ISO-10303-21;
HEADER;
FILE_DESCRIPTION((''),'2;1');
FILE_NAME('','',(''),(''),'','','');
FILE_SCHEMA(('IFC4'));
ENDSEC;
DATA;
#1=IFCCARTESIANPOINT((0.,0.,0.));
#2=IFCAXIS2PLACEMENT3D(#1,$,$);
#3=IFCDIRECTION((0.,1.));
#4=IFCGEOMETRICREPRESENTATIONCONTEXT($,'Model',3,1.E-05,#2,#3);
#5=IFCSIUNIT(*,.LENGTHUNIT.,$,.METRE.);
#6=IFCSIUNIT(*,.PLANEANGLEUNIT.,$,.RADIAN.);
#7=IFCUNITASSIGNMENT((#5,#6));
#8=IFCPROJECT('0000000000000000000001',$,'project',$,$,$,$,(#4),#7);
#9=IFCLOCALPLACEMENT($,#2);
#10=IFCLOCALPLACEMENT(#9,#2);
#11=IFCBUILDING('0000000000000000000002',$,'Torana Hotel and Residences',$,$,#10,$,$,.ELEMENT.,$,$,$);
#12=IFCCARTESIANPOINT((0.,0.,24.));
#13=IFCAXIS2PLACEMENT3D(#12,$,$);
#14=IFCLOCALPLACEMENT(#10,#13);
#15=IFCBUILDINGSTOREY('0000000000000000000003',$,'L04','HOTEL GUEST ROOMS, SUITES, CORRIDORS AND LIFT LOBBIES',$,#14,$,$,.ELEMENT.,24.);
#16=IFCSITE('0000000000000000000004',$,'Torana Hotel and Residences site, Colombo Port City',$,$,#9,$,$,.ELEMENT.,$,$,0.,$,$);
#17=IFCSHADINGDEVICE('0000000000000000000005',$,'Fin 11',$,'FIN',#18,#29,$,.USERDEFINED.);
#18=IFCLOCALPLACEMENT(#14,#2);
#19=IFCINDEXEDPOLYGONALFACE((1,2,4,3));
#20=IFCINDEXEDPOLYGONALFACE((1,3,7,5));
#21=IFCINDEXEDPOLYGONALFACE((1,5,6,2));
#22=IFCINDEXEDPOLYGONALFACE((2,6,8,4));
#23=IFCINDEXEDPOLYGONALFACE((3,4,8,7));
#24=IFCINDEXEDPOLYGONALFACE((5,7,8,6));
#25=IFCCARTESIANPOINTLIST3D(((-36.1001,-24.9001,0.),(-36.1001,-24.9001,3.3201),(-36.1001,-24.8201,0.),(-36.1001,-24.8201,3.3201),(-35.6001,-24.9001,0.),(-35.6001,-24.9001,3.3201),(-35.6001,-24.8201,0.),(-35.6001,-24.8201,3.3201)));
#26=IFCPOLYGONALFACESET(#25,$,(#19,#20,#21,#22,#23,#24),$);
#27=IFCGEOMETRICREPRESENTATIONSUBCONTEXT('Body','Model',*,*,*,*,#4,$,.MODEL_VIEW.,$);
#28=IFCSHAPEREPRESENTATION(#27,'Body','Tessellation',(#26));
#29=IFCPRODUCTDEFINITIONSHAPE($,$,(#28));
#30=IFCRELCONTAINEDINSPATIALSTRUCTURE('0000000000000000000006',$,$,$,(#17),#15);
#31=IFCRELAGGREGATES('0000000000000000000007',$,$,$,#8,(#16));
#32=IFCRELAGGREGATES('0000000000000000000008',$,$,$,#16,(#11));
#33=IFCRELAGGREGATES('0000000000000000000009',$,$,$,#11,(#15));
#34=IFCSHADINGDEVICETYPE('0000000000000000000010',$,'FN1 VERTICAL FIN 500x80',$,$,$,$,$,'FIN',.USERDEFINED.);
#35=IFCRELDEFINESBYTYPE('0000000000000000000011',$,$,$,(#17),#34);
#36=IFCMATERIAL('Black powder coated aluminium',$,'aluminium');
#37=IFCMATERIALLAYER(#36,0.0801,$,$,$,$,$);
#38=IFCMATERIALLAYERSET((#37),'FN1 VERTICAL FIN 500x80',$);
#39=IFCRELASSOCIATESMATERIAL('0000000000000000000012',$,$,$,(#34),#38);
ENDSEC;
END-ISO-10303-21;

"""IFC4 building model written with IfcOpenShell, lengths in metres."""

from ifc_helpers import new_model, si_unit, direction, frame, origin, origin_2d, place, context, subcontext, project, spatial, rectangle, extrude, material, layer, layer_set, type_object, element, save


model = new_model("IFC4")

# Units and contexts
model_context = context("Model", 3, precision=1e-05, world=origin(), true_north=direction((0.0, 1.0)))
body_context = subcontext(model_context, "Body", "Model", "MODEL_VIEW")
ifc_project = project(units=[si_unit("LENGTHUNIT", "METRE"), si_unit("PLANEANGLEUNIT", "RADIAN")], contexts=[model_context])

# Site, building, storey
site_placement = place(None, origin())
site = spatial("IfcSite", under=ifc_project, at=site_placement, Name="Torana Hotel and Residences site, Colombo Port City", CompositionType="ELEMENT", RefElevation=0.0)
building_placement = place(site_placement, origin())
building = spatial("IfcBuilding", under=site, at=building_placement, Name="Torana Hotel and Residences", CompositionType="ELEMENT")
storey_placement = place(building_placement, frame((0.0, 0.0, 24.0)))
storey = spatial("IfcBuildingStorey", under=building, at=storey_placement, Name="L04", Description="HOTEL GUEST ROOMS, SUITES, CORRIDORS AND LIFT LOBBIES", CompositionType="ELEMENT", Elevation=24.0)

# Shading device
ifc_material_1 = material(Name="Black powder coated aluminium", Category="aluminium")
ifc_layer_1 = layer(ifc_material_1, 0.0801)
ifc_layer_set_1 = layer_set([ifc_layer_1], Name="FN1 VERTICAL FIN 500x80")
shading_device_type = type_object("IfcShadingDeviceType", Name="FN1 VERTICAL FIN 500x80", ElementType="FIN", PredefinedType="USERDEFINED", material=ifc_layer_set_1)
shading_device_placement = place(storey_placement, frame((-35.8501, -24.8601, 0.0), z_axis=(0.0, 0.0, 1.0), x_axis=(0.0, 1.0, 0.0)))
element("IfcShadingDevice", 1, at=shading_device_placement, inside=storey, type_object=shading_device_type, Name="Fin 11", ObjectType="FIN", PredefinedType="USERDEFINED", context=body_context, shape_type="SweptSolid", body=[
    extrude(rectangle(XDim=0.0801, YDim=0.5, at=origin_2d()), origin(), (0.0, 0.0, 1.0), 3.3201),
])

save(model, "model.ifc")
